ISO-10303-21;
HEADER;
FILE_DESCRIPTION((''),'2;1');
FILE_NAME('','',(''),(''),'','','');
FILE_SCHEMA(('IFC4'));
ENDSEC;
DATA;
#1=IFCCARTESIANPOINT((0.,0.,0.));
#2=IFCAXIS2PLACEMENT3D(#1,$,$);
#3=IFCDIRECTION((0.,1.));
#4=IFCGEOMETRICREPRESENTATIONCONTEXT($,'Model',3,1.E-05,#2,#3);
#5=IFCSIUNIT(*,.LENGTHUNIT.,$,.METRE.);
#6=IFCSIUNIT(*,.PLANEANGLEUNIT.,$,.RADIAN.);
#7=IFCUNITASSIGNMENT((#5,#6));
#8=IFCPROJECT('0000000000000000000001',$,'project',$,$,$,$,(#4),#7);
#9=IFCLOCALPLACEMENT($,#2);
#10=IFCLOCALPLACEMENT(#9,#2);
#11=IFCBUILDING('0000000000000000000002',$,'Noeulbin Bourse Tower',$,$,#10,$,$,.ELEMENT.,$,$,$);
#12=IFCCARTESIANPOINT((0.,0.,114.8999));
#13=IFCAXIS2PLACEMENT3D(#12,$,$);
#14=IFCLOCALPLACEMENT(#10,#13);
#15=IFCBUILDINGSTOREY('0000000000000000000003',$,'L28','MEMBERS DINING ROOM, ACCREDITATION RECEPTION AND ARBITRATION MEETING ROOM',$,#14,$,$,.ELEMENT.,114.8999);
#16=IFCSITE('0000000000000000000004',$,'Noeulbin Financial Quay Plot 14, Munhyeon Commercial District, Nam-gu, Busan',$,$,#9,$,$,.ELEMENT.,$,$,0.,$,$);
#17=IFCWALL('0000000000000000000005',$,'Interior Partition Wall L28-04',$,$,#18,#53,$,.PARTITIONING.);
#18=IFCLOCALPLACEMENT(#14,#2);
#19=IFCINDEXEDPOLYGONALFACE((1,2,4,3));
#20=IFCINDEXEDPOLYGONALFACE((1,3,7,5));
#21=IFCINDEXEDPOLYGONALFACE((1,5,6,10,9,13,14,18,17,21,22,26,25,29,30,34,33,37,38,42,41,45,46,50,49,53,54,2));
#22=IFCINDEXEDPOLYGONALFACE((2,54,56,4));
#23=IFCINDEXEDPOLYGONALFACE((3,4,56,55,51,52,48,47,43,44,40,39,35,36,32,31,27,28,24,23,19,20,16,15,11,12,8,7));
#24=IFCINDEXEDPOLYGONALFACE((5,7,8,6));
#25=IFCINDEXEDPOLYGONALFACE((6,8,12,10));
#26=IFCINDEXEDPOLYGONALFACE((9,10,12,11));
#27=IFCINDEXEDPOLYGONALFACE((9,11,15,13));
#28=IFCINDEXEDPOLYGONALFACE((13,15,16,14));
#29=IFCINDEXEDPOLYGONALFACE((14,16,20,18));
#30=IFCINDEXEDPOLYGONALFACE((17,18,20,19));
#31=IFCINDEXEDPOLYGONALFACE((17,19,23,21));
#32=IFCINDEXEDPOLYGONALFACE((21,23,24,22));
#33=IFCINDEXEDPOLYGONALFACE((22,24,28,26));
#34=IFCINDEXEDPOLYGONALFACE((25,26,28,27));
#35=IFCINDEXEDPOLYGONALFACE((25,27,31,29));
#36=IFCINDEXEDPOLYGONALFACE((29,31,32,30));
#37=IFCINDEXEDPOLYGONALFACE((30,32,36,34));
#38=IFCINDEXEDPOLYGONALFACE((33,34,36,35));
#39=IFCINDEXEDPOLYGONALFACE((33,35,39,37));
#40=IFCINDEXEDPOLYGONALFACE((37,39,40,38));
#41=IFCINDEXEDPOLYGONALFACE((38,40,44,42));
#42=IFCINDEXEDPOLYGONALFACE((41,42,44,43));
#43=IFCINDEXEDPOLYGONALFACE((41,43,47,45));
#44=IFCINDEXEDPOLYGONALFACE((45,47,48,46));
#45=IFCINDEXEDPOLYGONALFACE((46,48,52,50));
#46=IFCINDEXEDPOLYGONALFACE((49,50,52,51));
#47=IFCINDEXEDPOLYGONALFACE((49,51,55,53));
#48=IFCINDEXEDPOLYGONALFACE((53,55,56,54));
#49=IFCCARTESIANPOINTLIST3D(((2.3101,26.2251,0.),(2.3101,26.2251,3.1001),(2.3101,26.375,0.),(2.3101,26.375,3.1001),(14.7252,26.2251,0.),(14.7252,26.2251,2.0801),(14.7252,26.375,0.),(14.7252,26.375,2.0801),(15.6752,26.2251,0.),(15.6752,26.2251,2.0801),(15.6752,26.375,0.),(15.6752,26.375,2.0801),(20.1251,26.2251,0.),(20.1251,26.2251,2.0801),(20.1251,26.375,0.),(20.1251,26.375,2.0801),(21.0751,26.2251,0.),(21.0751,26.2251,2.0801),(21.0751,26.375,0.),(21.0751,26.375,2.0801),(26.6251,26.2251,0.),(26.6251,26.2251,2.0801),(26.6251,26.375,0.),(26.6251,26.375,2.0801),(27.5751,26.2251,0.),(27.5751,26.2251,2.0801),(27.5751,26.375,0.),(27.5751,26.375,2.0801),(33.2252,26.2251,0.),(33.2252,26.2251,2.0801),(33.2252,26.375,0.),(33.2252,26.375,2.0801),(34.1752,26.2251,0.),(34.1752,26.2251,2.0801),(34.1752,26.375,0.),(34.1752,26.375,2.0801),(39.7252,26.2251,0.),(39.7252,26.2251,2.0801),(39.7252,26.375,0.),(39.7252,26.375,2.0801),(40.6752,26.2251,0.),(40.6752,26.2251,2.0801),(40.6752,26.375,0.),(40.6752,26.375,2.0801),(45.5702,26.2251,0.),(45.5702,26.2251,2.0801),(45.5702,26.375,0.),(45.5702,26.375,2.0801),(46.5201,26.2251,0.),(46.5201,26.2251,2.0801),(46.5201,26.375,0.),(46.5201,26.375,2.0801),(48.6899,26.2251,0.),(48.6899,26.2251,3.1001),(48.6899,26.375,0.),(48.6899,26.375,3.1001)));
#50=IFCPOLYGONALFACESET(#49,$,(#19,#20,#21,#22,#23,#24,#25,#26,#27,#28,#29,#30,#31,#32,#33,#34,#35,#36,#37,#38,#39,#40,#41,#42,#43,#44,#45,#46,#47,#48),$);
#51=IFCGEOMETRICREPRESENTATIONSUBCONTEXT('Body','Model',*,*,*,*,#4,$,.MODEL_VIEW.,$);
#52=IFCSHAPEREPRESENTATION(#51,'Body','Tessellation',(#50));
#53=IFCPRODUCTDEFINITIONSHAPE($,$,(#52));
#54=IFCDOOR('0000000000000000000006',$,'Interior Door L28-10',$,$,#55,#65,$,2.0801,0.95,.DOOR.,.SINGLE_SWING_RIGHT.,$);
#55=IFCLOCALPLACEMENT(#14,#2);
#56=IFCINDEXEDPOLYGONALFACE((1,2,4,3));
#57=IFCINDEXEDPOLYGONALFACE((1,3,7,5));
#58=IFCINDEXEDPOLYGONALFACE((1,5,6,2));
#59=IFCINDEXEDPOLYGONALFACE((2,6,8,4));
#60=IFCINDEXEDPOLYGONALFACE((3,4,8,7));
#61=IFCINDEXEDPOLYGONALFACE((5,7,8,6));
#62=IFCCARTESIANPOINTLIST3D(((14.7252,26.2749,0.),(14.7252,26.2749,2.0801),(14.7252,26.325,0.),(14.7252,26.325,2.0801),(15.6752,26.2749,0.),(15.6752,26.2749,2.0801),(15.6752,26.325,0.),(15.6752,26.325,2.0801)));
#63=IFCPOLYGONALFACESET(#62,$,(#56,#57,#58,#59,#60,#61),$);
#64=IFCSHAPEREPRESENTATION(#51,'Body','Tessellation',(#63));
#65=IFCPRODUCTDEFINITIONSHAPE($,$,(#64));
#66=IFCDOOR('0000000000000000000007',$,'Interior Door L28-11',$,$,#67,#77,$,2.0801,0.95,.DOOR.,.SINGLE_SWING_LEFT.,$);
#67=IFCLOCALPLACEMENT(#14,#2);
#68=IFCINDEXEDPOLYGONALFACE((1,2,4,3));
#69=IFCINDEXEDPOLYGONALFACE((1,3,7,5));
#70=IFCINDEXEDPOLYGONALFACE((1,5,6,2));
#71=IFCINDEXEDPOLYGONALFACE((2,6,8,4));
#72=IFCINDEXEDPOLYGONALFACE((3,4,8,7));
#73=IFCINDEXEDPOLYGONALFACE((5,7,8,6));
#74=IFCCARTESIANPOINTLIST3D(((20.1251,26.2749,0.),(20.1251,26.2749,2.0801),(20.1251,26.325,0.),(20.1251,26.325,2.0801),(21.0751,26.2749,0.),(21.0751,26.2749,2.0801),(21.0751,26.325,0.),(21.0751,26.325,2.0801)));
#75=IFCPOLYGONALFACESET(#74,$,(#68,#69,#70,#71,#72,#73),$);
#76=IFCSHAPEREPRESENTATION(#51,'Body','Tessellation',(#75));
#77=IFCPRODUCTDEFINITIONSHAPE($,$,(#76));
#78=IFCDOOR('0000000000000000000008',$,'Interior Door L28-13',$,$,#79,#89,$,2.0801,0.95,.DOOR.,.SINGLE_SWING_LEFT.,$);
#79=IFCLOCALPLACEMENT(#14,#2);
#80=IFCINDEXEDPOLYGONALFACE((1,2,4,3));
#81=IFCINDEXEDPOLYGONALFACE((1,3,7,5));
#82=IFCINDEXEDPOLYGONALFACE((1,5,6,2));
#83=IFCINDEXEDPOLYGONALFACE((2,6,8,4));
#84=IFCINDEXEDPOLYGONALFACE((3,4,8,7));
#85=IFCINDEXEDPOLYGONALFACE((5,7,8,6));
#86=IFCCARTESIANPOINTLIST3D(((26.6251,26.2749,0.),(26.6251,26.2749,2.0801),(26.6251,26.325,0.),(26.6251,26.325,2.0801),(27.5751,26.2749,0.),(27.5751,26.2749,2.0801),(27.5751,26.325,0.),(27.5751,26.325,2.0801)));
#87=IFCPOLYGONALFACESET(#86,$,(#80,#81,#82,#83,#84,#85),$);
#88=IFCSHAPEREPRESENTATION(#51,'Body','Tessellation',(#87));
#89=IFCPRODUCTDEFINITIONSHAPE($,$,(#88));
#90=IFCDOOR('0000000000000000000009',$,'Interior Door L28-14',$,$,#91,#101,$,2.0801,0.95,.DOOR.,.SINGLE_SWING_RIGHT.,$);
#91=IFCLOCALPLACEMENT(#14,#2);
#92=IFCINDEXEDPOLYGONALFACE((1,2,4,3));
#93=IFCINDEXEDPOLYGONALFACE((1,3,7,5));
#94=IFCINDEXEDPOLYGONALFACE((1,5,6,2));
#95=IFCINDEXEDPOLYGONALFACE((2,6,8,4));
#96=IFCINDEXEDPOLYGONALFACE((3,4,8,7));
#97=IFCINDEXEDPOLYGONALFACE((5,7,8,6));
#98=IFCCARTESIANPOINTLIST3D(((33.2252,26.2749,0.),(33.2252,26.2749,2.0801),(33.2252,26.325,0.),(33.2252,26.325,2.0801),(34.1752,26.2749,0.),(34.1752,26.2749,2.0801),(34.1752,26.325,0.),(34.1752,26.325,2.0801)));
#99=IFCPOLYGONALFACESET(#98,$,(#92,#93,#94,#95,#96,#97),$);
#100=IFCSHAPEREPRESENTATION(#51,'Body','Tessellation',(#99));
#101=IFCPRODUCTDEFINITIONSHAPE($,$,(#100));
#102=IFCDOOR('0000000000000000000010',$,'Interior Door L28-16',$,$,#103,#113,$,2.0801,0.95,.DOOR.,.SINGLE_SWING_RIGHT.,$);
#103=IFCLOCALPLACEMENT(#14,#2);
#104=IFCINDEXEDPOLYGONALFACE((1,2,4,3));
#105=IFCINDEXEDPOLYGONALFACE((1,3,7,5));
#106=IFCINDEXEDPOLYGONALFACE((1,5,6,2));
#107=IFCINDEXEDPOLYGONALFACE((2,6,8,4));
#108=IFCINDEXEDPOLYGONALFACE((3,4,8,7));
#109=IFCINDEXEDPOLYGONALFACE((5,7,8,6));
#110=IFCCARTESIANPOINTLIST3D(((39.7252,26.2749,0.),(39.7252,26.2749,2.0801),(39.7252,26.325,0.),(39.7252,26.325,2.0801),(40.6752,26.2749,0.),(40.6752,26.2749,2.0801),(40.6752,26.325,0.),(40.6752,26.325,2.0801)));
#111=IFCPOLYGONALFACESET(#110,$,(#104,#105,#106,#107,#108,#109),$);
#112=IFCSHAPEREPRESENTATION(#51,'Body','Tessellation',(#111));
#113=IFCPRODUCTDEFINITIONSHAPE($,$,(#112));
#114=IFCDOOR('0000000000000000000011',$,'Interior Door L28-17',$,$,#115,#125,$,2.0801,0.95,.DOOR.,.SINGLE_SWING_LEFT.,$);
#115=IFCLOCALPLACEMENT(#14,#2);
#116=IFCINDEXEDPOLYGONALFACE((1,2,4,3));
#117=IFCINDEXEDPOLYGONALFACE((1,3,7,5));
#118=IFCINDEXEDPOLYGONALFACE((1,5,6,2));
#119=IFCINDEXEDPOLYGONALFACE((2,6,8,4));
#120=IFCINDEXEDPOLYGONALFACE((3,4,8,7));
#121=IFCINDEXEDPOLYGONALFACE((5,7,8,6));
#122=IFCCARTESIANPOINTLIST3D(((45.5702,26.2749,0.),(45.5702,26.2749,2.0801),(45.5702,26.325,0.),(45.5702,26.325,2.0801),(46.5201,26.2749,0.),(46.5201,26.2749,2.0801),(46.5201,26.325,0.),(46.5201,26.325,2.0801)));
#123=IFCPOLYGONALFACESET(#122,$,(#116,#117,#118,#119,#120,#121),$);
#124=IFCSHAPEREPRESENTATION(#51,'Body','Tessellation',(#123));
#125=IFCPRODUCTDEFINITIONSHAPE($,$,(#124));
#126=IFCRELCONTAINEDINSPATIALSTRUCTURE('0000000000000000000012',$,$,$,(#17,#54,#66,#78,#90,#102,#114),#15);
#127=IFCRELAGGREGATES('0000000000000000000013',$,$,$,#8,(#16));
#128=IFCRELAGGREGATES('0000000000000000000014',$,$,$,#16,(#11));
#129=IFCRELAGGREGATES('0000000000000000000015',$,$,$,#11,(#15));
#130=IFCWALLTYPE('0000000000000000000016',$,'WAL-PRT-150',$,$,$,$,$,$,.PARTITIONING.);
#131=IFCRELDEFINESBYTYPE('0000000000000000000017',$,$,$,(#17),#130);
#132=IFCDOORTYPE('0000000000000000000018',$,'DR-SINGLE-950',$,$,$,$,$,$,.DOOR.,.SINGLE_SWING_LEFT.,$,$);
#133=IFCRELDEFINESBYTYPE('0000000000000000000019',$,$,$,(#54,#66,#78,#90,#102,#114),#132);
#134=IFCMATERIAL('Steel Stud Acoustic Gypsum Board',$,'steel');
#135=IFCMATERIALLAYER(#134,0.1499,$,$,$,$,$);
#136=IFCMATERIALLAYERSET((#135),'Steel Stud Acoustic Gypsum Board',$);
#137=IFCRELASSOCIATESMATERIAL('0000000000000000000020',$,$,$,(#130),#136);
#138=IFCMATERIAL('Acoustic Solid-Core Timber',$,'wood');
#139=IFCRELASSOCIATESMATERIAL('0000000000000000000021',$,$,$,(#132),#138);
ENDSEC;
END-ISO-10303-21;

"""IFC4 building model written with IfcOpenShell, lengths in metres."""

from ifc_helpers import new_model, si_unit, direction, frame, frame_2d, origin, place, context, subcontext, project, spatial, rectangle, extrude, material, layer, layer_set, type_object, element, fill, save


model = new_model("IFC4")

# Units and contexts
model_context = context("Model", 3, precision=1e-05, world=origin(), true_north=direction((0.0, 1.0)))
body_context = subcontext(model_context, "Body", "Model", "MODEL_VIEW")
ifc_project = project(units=[si_unit("LENGTHUNIT", "METRE"), si_unit("PLANEANGLEUNIT", "RADIAN")], contexts=[model_context])

# Site, building, storey
site_placement = place(None, origin())
site = spatial("IfcSite", under=ifc_project, at=site_placement, Name="Noeulbin Financial Quay Plot 14, Munhyeon Commercial District, Nam-gu, Busan", CompositionType="ELEMENT", RefElevation=0.0)
building_placement = place(site_placement, origin())
building = spatial("IfcBuilding", under=site, at=building_placement, Name="Noeulbin Bourse Tower", CompositionType="ELEMENT")
storey_placement = place(building_placement, frame((0.0, 0.0, 114.8999)))
storey = spatial("IfcBuildingStorey", under=building, at=storey_placement, Name="L28", Description="MEMBERS DINING ROOM, ACCREDITATION RECEPTION AND ARBITRATION MEETING ROOM", CompositionType="ELEMENT", Elevation=114.8999)

# Wall, openings, doors
ifc_material_1 = material(Name="Steel Stud Acoustic Gypsum Board", Category="steel")
ifc_layer_1 = layer(ifc_material_1, 0.1499)
ifc_layer_set_1 = layer_set([ifc_layer_1], Name="Steel Stud Acoustic Gypsum Board")
wall_type = type_object("IfcWallType", Name="WAL-PRT-150", PredefinedType="PARTITIONING", material=ifc_layer_set_1)
wall_placement = place(storey_placement, frame((2.3101, 26.3, 0.0), z_axis=(0.0, 0.0, 1.0), x_axis=(1.0, 0.0, 0.0)))
wall = element("IfcWall", 1, at=wall_placement, inside=storey, type_object=wall_type, Name="Interior Partition Wall L28-04", PredefinedType="PARTITIONING", context=body_context, shape_type="SweptSolid", body=[
    extrude(rectangle(XDim=46.3799, YDim=0.1499, at=frame_2d((23.1899, 0.0))), origin(), (0.0, 0.0, 1.0), 3.1001),
])
opening_1_placement = place(wall_placement, frame((12.415, 0.0, 0.0)))
opening_1 = element("IfcOpeningElement", 2, at=opening_1_placement, cuts=wall, PredefinedType="OPENING", context=body_context, shape_type="SweptSolid", body=[
    extrude(rectangle(XDim=0.95, YDim=2.0801, at=frame_2d((0.4751, 1.04))), frame((0.0, 0.085, 0.0), z_axis=(0.0, -1.0, 0.0), x_axis=(1.0, 0.0, 0.0)), (0.0, 0.0, 1.0), 0.1699),
])
opening_2_placement = place(wall_placement, frame((17.8149, 0.0, 0.0)))
opening_2 = element("IfcOpeningElement", 3, at=opening_2_placement, cuts=wall, PredefinedType="OPENING", context=body_context, shape_type="SweptSolid", body=[
    extrude(rectangle(XDim=0.95, YDim=2.0801, at=frame_2d((0.4751, 1.04))), frame((0.0, 0.085, 0.0), z_axis=(0.0, -1.0, 0.0), x_axis=(1.0, 0.0, 0.0)), (0.0, 0.0, 1.0), 0.1699),
])
opening_3_placement = place(wall_placement, frame((24.3149, 0.0, 0.0)))
opening_3 = element("IfcOpeningElement", 4, at=opening_3_placement, cuts=wall, PredefinedType="OPENING", context=body_context, shape_type="SweptSolid", body=[
    extrude(rectangle(XDim=0.95, YDim=2.0801, at=frame_2d((0.4751, 1.04))), frame((0.0, 0.085, 0.0), z_axis=(0.0, -1.0, 0.0), x_axis=(1.0, 0.0, 0.0)), (0.0, 0.0, 1.0), 0.1699),
])
opening_4_placement = place(wall_placement, frame((30.915, 0.0, 0.0)))
opening_4 = element("IfcOpeningElement", 5, at=opening_4_placement, cuts=wall, PredefinedType="OPENING", context=body_context, shape_type="SweptSolid", body=[
    extrude(rectangle(XDim=0.95, YDim=2.0801, at=frame_2d((0.4751, 1.04))), frame((0.0, 0.085, 0.0), z_axis=(0.0, -1.0, 0.0), x_axis=(1.0, 0.0, 0.0)), (0.0, 0.0, 1.0), 0.1699),
])
opening_5_placement = place(wall_placement, frame((37.415, 0.0, 0.0)))
opening_5 = element("IfcOpeningElement", 6, at=opening_5_placement, cuts=wall, PredefinedType="OPENING", context=body_context, shape_type="SweptSolid", body=[
    extrude(rectangle(XDim=0.95, YDim=2.0801, at=frame_2d((0.4751, 1.04))), frame((0.0, 0.085, 0.0), z_axis=(0.0, -1.0, 0.0), x_axis=(1.0, 0.0, 0.0)), (0.0, 0.0, 1.0), 0.1699),
])
opening_6_placement = place(wall_placement, frame((43.26, 0.0, 0.0)))
opening_6 = element("IfcOpeningElement", 7, at=opening_6_placement, cuts=wall, PredefinedType="OPENING", context=body_context, shape_type="SweptSolid", body=[
    extrude(rectangle(XDim=0.95, YDim=2.0801, at=frame_2d((0.4751, 1.04))), frame((0.0, 0.085, 0.0), z_axis=(0.0, -1.0, 0.0), x_axis=(1.0, 0.0, 0.0)), (0.0, 0.0, 1.0), 0.1699),
])
ifc_material_2 = material(Name="Acoustic Solid-Core Timber", Category="wood")
door_type = type_object("IfcDoorType", Name="DR-SINGLE-950", OperationType="SINGLE_SWING_LEFT", PredefinedType="DOOR", material=ifc_material_2)
door_1_placement = place(opening_1_placement, origin())
door_1 = element("IfcDoor", 8, at=door_1_placement, inside=storey, type_object=door_type, Name="Interior Door L28-10", OperationType="SINGLE_SWING_RIGHT", OverallHeight=2.0801, OverallWidth=0.95, PredefinedType="DOOR", context=body_context, shape_type="SweptSolid", body=[
    extrude(rectangle(XDim=0.95, YDim=2.0801, at=frame_2d((0.4751, 1.04))), frame((0.0, 0.0249, 0.0), z_axis=(0.0, -1.0, 0.0), x_axis=(1.0, 0.0, 0.0)), (0.0, 0.0, 1.0), 0.05),
])
fill(opening_1, door_1)
door_2_placement = place(opening_2_placement, origin())
door_2 = element("IfcDoor", 9, at=door_2_placement, inside=storey, type_object=door_type, Name="Interior Door L28-11", OperationType="SINGLE_SWING_LEFT", OverallHeight=2.0801, OverallWidth=0.95, PredefinedType="DOOR", context=body_context, shape_type="SweptSolid", body=[
    extrude(rectangle(XDim=0.95, YDim=2.0801, at=frame_2d((0.4751, 1.04))), frame((0.0, 0.0249, 0.0), z_axis=(0.0, -1.0, 0.0), x_axis=(1.0, 0.0, 0.0)), (0.0, 0.0, 1.0), 0.05),
])
fill(opening_2, door_2)
door_3_placement = place(opening_3_placement, origin())
door_3 = element("IfcDoor", 10, at=door_3_placement, inside=storey, type_object=door_type, Name="Interior Door L28-13", OperationType="SINGLE_SWING_LEFT", OverallHeight=2.0801, OverallWidth=0.95, PredefinedType="DOOR", context=body_context, shape_type="SweptSolid", body=[
    extrude(rectangle(XDim=0.95, YDim=2.0801, at=frame_2d((0.4751, 1.04))), frame((0.0, 0.0249, 0.0), z_axis=(0.0, -1.0, 0.0), x_axis=(1.0, 0.0, 0.0)), (0.0, 0.0, 1.0), 0.05),
])
fill(opening_3, door_3)
door_4_placement = place(opening_4_placement, origin())
door_4 = element("IfcDoor", 11, at=door_4_placement, inside=storey, type_object=door_type, Name="Interior Door L28-14", OperationType="SINGLE_SWING_RIGHT", OverallHeight=2.0801, OverallWidth=0.95, PredefinedType="DOOR", context=body_context, shape_type="SweptSolid", body=[
    extrude(rectangle(XDim=0.95, YDim=2.0801, at=frame_2d((0.4751, 1.04))), frame((0.0, 0.0249, 0.0), z_axis=(0.0, -1.0, 0.0), x_axis=(1.0, 0.0, 0.0)), (0.0, 0.0, 1.0), 0.05),
])
fill(opening_4, door_4)
door_5_placement = place(opening_5_placement, origin())
door_5 = element("IfcDoor", 12, at=door_5_placement, inside=storey, type_object=door_type, Name="Interior Door L28-16", OperationType="SINGLE_SWING_RIGHT", OverallHeight=2.0801, OverallWidth=0.95, PredefinedType="DOOR", context=body_context, shape_type="SweptSolid", body=[
    extrude(rectangle(XDim=0.95, YDim=2.0801, at=frame_2d((0.4751, 1.04))), frame((0.0, 0.0249, 0.0), z_axis=(0.0, -1.0, 0.0), x_axis=(1.0, 0.0, 0.0)), (0.0, 0.0, 1.0), 0.05),
])
fill(opening_5, door_5)
door_6_placement = place(opening_6_placement, origin())
door_6 = element("IfcDoor", 13, at=door_6_placement, inside=storey, type_object=door_type, Name="Interior Door L28-17", OperationType="SINGLE_SWING_LEFT", OverallHeight=2.0801, OverallWidth=0.95, PredefinedType="DOOR", context=body_context, shape_type="SweptSolid", body=[
    extrude(rectangle(XDim=0.95, YDim=2.0801, at=frame_2d((0.4751, 1.04))), frame((0.0, 0.0249, 0.0), z_axis=(0.0, -1.0, 0.0), x_axis=(1.0, 0.0, 0.0)), (0.0, 0.0, 1.0), 0.05),
])
fill(opening_6, door_6)

save(model, "model.ifc")
